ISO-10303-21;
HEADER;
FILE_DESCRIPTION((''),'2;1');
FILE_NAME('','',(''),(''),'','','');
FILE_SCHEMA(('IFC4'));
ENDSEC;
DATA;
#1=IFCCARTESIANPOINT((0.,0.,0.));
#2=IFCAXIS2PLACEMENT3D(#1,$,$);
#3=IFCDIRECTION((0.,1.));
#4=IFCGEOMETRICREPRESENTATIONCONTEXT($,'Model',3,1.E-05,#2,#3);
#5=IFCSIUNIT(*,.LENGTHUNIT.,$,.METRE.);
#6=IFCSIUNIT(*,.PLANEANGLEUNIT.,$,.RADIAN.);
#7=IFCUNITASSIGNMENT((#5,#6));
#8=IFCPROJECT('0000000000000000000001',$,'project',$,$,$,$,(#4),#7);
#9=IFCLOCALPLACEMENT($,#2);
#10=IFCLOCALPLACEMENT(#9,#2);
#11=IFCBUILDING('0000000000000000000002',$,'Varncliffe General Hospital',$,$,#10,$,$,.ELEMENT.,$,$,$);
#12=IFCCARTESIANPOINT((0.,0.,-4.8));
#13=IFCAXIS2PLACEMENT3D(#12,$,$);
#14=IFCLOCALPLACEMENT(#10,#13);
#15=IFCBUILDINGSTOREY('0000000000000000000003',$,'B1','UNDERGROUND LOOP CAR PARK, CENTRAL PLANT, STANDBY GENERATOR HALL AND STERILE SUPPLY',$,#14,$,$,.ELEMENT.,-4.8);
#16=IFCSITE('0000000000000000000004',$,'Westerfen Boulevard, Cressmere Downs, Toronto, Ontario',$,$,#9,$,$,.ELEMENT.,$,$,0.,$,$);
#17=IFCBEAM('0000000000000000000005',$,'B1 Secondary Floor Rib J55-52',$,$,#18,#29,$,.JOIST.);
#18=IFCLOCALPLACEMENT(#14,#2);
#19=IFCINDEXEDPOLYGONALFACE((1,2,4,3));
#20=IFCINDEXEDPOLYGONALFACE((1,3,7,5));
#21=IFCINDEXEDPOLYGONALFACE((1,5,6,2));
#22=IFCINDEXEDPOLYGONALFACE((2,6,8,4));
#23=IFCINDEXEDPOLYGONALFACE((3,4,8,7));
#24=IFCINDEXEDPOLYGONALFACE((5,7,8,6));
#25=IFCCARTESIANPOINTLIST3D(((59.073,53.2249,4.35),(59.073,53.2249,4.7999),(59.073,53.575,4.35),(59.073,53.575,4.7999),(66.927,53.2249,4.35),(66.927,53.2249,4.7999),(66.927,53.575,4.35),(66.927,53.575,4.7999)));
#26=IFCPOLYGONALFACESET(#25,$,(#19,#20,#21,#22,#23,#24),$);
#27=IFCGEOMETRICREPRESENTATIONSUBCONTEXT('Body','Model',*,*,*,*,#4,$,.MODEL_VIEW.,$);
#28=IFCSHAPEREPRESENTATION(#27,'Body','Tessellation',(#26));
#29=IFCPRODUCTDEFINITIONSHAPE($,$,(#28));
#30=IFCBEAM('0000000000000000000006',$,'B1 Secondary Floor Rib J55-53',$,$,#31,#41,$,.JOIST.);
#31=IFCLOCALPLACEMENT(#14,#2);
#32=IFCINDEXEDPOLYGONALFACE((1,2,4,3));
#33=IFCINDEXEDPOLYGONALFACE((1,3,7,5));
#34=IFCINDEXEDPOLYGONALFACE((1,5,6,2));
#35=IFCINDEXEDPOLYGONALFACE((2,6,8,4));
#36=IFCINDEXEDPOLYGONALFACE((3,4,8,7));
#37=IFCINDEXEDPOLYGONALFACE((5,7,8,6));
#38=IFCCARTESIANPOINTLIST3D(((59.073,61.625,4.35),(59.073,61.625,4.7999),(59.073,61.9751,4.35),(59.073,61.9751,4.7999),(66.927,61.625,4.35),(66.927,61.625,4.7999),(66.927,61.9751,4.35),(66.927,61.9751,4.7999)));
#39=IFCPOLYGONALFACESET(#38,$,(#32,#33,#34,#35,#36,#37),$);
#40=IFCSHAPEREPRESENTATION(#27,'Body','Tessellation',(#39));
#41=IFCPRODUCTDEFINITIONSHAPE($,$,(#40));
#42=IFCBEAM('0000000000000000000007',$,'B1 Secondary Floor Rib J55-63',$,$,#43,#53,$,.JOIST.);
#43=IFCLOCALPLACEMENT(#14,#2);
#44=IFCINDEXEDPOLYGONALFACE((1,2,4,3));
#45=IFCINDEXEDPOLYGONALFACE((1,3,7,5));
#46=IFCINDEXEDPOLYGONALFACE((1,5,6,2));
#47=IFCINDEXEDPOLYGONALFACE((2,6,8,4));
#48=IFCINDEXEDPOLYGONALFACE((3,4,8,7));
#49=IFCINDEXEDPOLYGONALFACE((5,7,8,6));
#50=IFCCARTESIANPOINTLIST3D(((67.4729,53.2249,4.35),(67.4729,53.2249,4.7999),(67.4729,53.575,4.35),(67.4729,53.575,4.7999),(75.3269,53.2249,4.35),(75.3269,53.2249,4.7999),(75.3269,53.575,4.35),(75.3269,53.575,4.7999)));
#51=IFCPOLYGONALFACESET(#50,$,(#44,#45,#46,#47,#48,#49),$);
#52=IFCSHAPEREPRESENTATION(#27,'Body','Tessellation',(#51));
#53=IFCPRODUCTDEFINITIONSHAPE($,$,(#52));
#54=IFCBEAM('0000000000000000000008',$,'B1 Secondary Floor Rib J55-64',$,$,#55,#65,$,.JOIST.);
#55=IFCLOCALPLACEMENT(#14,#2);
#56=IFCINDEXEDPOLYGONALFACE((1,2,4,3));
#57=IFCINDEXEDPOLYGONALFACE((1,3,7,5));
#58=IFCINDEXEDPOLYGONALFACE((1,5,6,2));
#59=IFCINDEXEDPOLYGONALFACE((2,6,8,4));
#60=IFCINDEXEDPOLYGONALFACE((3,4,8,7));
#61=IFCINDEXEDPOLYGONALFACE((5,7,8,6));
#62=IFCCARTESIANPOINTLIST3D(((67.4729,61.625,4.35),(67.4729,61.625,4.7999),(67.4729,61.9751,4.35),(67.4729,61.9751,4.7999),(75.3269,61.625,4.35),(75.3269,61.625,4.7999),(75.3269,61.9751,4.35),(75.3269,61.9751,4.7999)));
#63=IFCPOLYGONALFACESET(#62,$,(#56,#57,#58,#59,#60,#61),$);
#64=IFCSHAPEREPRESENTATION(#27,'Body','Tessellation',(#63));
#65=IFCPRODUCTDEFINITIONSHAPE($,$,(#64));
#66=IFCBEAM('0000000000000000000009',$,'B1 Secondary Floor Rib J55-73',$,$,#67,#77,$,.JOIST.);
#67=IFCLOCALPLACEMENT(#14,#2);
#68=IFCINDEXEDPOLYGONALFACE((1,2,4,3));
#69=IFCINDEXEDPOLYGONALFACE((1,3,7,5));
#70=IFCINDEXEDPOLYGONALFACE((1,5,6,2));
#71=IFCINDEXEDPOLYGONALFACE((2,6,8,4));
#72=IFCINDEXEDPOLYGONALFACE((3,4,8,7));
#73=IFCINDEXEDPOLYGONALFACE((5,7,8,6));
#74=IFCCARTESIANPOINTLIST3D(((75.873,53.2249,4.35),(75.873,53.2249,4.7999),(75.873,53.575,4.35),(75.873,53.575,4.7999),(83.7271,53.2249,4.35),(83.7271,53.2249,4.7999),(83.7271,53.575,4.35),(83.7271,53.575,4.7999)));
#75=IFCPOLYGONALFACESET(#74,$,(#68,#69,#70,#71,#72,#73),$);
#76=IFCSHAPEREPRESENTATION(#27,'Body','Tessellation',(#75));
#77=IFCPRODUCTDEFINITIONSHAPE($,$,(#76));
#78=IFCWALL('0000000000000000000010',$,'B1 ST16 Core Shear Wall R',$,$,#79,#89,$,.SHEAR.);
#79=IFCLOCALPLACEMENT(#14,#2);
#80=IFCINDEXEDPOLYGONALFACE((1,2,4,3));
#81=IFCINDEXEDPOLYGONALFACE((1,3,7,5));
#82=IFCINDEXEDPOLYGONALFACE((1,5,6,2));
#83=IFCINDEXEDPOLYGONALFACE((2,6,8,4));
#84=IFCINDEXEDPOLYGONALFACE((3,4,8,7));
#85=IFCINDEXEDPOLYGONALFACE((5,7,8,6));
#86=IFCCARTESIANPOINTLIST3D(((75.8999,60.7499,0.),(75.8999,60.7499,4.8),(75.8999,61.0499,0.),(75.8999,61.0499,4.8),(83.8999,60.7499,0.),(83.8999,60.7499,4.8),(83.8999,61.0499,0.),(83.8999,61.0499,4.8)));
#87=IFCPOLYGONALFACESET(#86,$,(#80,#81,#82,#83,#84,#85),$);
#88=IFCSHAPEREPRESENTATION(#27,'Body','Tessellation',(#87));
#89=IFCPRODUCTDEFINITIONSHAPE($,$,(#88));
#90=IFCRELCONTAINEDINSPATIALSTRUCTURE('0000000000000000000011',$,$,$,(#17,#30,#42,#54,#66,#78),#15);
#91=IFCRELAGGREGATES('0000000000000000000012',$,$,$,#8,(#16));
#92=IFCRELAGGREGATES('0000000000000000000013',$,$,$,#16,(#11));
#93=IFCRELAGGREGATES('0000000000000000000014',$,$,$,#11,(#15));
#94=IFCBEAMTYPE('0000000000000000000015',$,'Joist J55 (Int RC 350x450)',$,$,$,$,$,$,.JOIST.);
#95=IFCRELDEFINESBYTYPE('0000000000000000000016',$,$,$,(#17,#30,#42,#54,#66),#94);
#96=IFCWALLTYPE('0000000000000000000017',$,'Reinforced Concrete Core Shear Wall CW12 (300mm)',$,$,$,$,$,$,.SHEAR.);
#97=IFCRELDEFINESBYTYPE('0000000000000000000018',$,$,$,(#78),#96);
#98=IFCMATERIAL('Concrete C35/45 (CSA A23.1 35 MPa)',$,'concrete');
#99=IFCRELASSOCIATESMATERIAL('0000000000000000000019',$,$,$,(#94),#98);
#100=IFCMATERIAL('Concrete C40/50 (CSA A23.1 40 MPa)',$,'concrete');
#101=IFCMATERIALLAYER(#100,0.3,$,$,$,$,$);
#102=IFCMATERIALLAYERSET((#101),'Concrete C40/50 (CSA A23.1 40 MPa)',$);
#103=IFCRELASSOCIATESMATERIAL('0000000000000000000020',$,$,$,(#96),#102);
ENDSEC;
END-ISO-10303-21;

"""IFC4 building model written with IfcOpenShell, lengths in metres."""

from ifc_helpers import new_model, si_unit, direction, frame, frame_2d, origin, origin_2d, place, context, subcontext, project, spatial, rectangle, extrude, material, layer, layer_set, material_profile, profile_set, type_object, element, save


model = new_model("IFC4")

# Units and contexts
model_context = context("Model", 3, precision=1e-05, world=origin(), true_north=direction((0.0, 1.0)))
body_context = subcontext(model_context, "Body", "Model", "MODEL_VIEW")
ifc_project = project(units=[si_unit("LENGTHUNIT", "METRE"), si_unit("PLANEANGLEUNIT", "RADIAN")], contexts=[model_context])

# Site, building, storey
site_placement = place(None, origin())
site = spatial("IfcSite", under=ifc_project, at=site_placement, Name="Westerfen Boulevard, Cressmere Downs, Toronto, Ontario", CompositionType="ELEMENT", RefElevation=0.0)
building_placement = place(site_placement, origin())
building = spatial("IfcBuilding", under=site, at=building_placement, Name="Varncliffe General Hospital", CompositionType="ELEMENT")
storey_placement = place(building_placement, frame((0.0, 0.0, -4.8)))
storey = spatial("IfcBuildingStorey", under=building, at=storey_placement, Name="B1", Description="UNDERGROUND LOOP CAR PARK, CENTRAL PLANT, STANDBY GENERATOR HALL AND STERILE SUPPLY", CompositionType="ELEMENT", Elevation=-4.8)

# Shared definitions
ifc_material_1 = material(Name="Concrete C40/50 (CSA A23.1 40 MPa)", Category="concrete")

# Beams
ifc_material_2 = material(Name="Concrete C35/45 (CSA A23.1 35 MPa)", Category="concrete")
ifc_material_profile_1 = material_profile(ifc_material_2, rectangle(XDim=0.3501, YDim=0.45, at=origin_2d()), Name="RC 350x450")
ifc_profile_set_1 = profile_set([ifc_material_profile_1], Name="Concrete C35/45 (CSA A23.1 35 MPa)")
beam_type_1 = type_object("IfcBeamType", Name="Joist J55 (Int RC 350x450)", PredefinedType="JOIST", material=ifc_profile_set_1)
for number, where, z_axis, x_axis, name in (
    (1, (59.073, 53.3999, 4.575), (1.0, 0.0, 0.0), (0.0, 1.0, 0.0), "B1 Secondary Floor Rib J55-52"),
    (2, (59.073, 61.8, 4.575), (1.0, 0.0, 0.0), (0.0, 1.0, 0.0), "B1 Secondary Floor Rib J55-53"),
    (3, (67.4729, 53.3999, 4.575), (1.0, 0.0, 0.0), (0.0, 1.0, 0.0), "B1 Secondary Floor Rib J55-63"),
    (4, (67.4729, 61.8, 4.575), (1.0, 0.0, 0.0), (0.0, 1.0, 0.0), "B1 Secondary Floor Rib J55-64"),
    (5, (75.873, 53.3999, 4.575), (1.0, 0.0, 0.0), (0.0, 1.0, 0.0), "B1 Secondary Floor Rib J55-73"),
):
    element("IfcBeam", number, at=place(storey_placement, frame(where, z_axis=z_axis, x_axis=x_axis)), inside=storey, type_object=beam_type_1, Name=name, PredefinedType="JOIST", context=body_context, shape_type="SweptSolid", body=[
        extrude(rectangle(XDim=0.3501, YDim=0.45, at=origin_2d()), origin(), (0.0, 0.0, 1.0), 7.854),
    ])

# Wall
ifc_layer = layer(ifc_material_1, 0.3)
ifc_layer_set = layer_set([ifc_layer], Name="Concrete C40/50 (CSA A23.1 40 MPa)")
wall_type = type_object("IfcWallType", Name="Reinforced Concrete Core Shear Wall CW12 (300mm)", PredefinedType="SHEAR", material=ifc_layer_set)
wall_placement = place(storey_placement, frame((75.8999, 60.8999, 0.0), z_axis=(0.0, 0.0, 1.0), x_axis=(1.0, 0.0, 0.0)))
element("IfcWall", 6, at=wall_placement, inside=storey, type_object=wall_type, Name="B1 ST16 Core Shear Wall R", PredefinedType="SHEAR", context=body_context, shape_type="SweptSolid", body=[
    extrude(rectangle(XDim=8.0, YDim=0.3, at=frame_2d((4.0, 0.0))), origin(), (0.0, 0.0, 1.0), 4.8),
])

save(model, "model.ifc")
